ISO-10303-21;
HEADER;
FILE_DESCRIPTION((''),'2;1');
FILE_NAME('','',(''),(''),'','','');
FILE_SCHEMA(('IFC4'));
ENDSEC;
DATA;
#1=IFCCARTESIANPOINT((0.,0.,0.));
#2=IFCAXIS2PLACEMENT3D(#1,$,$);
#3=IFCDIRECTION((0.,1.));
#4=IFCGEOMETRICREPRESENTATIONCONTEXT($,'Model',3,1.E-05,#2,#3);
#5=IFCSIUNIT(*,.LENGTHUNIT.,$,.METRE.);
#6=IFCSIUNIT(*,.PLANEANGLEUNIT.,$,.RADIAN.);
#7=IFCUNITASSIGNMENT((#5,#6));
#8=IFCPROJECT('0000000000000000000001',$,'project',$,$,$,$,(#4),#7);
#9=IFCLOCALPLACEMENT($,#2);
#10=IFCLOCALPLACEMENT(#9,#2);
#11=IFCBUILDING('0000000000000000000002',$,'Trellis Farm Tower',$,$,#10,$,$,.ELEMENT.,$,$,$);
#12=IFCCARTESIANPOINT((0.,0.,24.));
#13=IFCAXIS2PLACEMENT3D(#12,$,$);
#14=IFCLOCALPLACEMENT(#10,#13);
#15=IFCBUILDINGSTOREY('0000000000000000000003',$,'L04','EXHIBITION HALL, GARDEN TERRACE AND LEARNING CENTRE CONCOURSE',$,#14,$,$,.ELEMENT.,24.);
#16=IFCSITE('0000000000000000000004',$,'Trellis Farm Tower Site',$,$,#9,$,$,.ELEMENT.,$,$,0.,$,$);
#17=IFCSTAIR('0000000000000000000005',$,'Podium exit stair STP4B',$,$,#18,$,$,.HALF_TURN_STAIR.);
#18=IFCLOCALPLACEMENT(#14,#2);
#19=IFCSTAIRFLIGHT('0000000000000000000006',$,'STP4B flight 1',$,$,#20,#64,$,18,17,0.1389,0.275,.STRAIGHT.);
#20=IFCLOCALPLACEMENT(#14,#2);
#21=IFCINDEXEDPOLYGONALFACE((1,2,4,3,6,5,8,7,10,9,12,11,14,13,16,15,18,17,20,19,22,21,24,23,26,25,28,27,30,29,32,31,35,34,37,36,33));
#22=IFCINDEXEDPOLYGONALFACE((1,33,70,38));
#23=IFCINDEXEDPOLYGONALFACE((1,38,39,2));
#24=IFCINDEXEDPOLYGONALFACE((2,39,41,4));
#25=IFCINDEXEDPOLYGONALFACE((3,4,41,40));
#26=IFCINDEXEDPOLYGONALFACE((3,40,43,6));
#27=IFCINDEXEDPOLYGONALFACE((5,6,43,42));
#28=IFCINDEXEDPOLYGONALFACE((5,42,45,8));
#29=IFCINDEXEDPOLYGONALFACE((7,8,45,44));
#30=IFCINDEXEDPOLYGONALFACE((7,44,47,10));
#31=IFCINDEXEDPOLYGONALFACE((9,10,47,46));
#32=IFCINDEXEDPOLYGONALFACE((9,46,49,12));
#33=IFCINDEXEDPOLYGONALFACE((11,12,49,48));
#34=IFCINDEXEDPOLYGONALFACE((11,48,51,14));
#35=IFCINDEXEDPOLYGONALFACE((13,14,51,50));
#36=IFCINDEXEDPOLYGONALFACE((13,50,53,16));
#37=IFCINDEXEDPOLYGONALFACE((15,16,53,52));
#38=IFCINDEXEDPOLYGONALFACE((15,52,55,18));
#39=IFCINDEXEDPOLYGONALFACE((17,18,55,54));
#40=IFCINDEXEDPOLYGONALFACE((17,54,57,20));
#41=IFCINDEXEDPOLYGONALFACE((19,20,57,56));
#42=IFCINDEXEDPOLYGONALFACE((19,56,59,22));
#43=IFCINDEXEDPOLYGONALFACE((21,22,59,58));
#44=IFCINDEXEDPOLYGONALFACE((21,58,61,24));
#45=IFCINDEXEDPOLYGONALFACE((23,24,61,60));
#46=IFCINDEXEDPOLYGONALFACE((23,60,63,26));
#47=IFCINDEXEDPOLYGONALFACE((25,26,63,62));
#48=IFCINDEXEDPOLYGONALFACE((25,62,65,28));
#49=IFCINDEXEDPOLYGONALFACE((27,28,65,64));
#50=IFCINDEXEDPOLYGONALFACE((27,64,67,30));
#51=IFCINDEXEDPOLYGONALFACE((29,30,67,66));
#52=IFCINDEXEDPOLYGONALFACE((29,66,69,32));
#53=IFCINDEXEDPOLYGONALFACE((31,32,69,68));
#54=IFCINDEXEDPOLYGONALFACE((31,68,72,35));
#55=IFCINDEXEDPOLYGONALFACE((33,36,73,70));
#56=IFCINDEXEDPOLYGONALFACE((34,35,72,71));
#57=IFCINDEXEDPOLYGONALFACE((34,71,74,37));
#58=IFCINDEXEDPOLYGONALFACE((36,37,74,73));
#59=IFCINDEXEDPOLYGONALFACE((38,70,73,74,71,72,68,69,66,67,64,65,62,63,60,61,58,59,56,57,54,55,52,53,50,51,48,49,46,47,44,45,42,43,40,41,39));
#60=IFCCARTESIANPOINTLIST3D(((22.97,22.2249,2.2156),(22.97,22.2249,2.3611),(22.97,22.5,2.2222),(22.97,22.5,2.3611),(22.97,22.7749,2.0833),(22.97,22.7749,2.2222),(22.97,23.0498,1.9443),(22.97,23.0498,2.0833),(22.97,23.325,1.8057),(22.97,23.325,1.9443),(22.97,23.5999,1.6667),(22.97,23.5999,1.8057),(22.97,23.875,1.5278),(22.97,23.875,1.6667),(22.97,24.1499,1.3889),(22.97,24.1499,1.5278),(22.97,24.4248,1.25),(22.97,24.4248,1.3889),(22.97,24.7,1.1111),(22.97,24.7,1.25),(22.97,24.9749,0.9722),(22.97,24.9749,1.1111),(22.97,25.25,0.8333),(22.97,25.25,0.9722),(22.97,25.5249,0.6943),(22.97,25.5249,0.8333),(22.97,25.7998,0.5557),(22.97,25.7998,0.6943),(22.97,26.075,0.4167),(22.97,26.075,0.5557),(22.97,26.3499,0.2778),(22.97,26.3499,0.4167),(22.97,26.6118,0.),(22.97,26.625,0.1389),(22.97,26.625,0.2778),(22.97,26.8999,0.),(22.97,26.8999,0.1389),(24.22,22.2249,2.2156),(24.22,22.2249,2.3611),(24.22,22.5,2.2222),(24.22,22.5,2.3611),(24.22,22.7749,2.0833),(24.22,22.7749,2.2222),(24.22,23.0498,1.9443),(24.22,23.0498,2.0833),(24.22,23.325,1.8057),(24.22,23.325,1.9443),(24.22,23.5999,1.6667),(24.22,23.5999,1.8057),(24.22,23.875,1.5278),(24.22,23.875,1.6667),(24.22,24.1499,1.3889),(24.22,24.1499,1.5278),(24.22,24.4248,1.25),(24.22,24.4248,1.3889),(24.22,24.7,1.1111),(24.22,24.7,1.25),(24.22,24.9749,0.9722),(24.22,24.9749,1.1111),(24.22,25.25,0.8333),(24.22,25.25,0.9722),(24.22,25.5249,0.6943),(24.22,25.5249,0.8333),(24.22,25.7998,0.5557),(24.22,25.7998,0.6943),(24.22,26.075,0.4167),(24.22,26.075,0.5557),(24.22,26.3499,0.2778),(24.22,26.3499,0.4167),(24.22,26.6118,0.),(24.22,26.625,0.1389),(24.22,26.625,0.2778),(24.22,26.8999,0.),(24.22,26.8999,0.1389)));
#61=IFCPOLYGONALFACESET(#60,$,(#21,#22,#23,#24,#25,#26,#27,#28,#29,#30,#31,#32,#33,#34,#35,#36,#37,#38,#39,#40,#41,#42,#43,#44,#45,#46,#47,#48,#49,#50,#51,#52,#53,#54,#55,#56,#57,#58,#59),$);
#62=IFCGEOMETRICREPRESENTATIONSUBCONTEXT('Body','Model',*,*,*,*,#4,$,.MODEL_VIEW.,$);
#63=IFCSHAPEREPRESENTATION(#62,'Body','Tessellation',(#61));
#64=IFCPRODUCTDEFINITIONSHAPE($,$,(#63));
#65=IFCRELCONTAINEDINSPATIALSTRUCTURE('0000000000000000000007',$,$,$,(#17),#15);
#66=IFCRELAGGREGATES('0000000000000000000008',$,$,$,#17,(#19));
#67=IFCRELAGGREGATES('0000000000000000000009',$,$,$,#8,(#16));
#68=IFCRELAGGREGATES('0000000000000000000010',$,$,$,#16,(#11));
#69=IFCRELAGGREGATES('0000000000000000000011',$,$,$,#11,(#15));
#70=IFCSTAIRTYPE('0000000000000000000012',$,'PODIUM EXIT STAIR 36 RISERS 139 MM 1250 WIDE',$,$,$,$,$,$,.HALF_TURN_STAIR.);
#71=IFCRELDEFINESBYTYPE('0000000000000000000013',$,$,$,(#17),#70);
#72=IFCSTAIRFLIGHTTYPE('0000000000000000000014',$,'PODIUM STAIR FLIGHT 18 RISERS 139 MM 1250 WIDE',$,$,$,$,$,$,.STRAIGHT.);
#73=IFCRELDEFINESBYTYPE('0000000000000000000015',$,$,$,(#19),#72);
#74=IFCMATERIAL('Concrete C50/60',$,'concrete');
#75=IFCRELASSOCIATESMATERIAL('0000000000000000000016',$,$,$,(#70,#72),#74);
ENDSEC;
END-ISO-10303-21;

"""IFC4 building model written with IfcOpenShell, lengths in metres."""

from ifc_helpers import new_model, si_unit, direction, frame, origin, place, context, subcontext, project, spatial, polyline, outline, extrude, source, transform, mapped, material, type_object, element, aggregate, save


model = new_model("IFC4")

# Units and contexts
model_context = context("Model", 3, precision=1e-05, world=origin(), true_north=direction((0.0, 1.0)))
body_context = subcontext(model_context, "Body", "Model", "MODEL_VIEW")
ifc_project = project(units=[si_unit("LENGTHUNIT", "METRE"), si_unit("PLANEANGLEUNIT", "RADIAN")], contexts=[model_context])

# Site, building, storey
site_placement = place(None, origin())
site = spatial("IfcSite", under=ifc_project, at=site_placement, Name="Trellis Farm Tower Site", CompositionType="ELEMENT", RefElevation=0.0)
building_placement = place(site_placement, origin())
building = spatial("IfcBuilding", under=site, at=building_placement, Name="Trellis Farm Tower", CompositionType="ELEMENT")
storey_placement = place(building_placement, frame((0.0, 0.0, 24.0)))
storey = spatial("IfcBuildingStorey", under=building, at=storey_placement, Name="L04", Description="EXHIBITION HALL, GARDEN TERRACE AND LEARNING CENTRE CONCOURSE", CompositionType="ELEMENT", Elevation=24.0)

# Stair, stair flight
ifc_material_1 = material(Name="Concrete C50/60", Category="concrete")
stair_type = type_object("IfcStairType", Name="PODIUM EXIT STAIR 36 RISERS 139 MM 1250 WIDE", PredefinedType="HALF_TURN_STAIR", material=ifc_material_1)
placement = place(storey_placement, origin())
stair_flight_type = type_object("IfcStairFlightType", Name="PODIUM STAIR FLIGHT 18 RISERS 139 MM 1250 WIDE", PredefinedType="STRAIGHT", material=ifc_material_1)
shared_shape_1 = source(origin(), body_context, "Body", "SweptSolid", [
    extrude(outline(polyline([(0.0, 0.0), (0.0, 0.1389), (0.2749, 0.1389), (0.2749, 0.2778), (0.55, 0.2778), (0.55, 0.4167), (0.825, 0.4167), (0.825, 0.5557), (1.1001, 0.5557), (1.1001, 0.6943), (1.375, 0.6943), (1.375, 0.8333), (1.6499, 0.8333), (1.6499, 0.9722), (1.925, 0.9722), (1.925, 1.1111), (2.2, 1.1111), (2.2, 1.25), (2.4751, 1.25), (2.4751, 1.3889), (2.75, 1.3889), (2.75, 1.5278), (3.0249, 1.5278), (3.0249, 1.6667), (3.3, 1.6667), (3.3, 1.8057), (3.575, 1.8057), (3.575, 1.9443), (3.8501, 1.9443), (3.8501, 2.0833), (4.125, 2.0833), (4.125, 2.2222), (4.3999, 2.2222), (4.3999, 2.3611), (4.675, 2.3611), (4.675, 2.5), (4.675, 2.2156), (0.2881, 0.0), (0.0, 0.0)])), frame((0.0, 0.625, 0.0), z_axis=(0.0, -1.0, 0.0), x_axis=(1.0, 0.0, 0.0)), (0.0, 0.0, 1.0), 1.25),
])
stair_1 = element("IfcStair", 1, at=placement, inside=storey, type_object=stair_type, Name="Podium exit stair STP4B", PredefinedType="HALF_TURN_STAIR")
stair_flight_1_placement = place(storey_placement, frame((23.595, 26.8999, 0.0), z_axis=(0.0, 0.0, 1.0), x_axis=(0.0, -1.0, 0.0)))
stair_flight_1 = element("IfcStairFlight", 2, at=stair_flight_1_placement, type_object=stair_flight_type, Name="STP4B flight 1", NumberOfRisers=18, NumberOfTreads=17, PredefinedType="STRAIGHT", RiserHeight=0.1389, TreadLength=0.275, context=body_context, shape_type="MappedRepresentation", body=[
    mapped(shared_shape_1, transform((0.0, 0.0, 0.0))),
])
aggregate(stair_1, [stair_flight_1])

save(model, "model.ifc")
